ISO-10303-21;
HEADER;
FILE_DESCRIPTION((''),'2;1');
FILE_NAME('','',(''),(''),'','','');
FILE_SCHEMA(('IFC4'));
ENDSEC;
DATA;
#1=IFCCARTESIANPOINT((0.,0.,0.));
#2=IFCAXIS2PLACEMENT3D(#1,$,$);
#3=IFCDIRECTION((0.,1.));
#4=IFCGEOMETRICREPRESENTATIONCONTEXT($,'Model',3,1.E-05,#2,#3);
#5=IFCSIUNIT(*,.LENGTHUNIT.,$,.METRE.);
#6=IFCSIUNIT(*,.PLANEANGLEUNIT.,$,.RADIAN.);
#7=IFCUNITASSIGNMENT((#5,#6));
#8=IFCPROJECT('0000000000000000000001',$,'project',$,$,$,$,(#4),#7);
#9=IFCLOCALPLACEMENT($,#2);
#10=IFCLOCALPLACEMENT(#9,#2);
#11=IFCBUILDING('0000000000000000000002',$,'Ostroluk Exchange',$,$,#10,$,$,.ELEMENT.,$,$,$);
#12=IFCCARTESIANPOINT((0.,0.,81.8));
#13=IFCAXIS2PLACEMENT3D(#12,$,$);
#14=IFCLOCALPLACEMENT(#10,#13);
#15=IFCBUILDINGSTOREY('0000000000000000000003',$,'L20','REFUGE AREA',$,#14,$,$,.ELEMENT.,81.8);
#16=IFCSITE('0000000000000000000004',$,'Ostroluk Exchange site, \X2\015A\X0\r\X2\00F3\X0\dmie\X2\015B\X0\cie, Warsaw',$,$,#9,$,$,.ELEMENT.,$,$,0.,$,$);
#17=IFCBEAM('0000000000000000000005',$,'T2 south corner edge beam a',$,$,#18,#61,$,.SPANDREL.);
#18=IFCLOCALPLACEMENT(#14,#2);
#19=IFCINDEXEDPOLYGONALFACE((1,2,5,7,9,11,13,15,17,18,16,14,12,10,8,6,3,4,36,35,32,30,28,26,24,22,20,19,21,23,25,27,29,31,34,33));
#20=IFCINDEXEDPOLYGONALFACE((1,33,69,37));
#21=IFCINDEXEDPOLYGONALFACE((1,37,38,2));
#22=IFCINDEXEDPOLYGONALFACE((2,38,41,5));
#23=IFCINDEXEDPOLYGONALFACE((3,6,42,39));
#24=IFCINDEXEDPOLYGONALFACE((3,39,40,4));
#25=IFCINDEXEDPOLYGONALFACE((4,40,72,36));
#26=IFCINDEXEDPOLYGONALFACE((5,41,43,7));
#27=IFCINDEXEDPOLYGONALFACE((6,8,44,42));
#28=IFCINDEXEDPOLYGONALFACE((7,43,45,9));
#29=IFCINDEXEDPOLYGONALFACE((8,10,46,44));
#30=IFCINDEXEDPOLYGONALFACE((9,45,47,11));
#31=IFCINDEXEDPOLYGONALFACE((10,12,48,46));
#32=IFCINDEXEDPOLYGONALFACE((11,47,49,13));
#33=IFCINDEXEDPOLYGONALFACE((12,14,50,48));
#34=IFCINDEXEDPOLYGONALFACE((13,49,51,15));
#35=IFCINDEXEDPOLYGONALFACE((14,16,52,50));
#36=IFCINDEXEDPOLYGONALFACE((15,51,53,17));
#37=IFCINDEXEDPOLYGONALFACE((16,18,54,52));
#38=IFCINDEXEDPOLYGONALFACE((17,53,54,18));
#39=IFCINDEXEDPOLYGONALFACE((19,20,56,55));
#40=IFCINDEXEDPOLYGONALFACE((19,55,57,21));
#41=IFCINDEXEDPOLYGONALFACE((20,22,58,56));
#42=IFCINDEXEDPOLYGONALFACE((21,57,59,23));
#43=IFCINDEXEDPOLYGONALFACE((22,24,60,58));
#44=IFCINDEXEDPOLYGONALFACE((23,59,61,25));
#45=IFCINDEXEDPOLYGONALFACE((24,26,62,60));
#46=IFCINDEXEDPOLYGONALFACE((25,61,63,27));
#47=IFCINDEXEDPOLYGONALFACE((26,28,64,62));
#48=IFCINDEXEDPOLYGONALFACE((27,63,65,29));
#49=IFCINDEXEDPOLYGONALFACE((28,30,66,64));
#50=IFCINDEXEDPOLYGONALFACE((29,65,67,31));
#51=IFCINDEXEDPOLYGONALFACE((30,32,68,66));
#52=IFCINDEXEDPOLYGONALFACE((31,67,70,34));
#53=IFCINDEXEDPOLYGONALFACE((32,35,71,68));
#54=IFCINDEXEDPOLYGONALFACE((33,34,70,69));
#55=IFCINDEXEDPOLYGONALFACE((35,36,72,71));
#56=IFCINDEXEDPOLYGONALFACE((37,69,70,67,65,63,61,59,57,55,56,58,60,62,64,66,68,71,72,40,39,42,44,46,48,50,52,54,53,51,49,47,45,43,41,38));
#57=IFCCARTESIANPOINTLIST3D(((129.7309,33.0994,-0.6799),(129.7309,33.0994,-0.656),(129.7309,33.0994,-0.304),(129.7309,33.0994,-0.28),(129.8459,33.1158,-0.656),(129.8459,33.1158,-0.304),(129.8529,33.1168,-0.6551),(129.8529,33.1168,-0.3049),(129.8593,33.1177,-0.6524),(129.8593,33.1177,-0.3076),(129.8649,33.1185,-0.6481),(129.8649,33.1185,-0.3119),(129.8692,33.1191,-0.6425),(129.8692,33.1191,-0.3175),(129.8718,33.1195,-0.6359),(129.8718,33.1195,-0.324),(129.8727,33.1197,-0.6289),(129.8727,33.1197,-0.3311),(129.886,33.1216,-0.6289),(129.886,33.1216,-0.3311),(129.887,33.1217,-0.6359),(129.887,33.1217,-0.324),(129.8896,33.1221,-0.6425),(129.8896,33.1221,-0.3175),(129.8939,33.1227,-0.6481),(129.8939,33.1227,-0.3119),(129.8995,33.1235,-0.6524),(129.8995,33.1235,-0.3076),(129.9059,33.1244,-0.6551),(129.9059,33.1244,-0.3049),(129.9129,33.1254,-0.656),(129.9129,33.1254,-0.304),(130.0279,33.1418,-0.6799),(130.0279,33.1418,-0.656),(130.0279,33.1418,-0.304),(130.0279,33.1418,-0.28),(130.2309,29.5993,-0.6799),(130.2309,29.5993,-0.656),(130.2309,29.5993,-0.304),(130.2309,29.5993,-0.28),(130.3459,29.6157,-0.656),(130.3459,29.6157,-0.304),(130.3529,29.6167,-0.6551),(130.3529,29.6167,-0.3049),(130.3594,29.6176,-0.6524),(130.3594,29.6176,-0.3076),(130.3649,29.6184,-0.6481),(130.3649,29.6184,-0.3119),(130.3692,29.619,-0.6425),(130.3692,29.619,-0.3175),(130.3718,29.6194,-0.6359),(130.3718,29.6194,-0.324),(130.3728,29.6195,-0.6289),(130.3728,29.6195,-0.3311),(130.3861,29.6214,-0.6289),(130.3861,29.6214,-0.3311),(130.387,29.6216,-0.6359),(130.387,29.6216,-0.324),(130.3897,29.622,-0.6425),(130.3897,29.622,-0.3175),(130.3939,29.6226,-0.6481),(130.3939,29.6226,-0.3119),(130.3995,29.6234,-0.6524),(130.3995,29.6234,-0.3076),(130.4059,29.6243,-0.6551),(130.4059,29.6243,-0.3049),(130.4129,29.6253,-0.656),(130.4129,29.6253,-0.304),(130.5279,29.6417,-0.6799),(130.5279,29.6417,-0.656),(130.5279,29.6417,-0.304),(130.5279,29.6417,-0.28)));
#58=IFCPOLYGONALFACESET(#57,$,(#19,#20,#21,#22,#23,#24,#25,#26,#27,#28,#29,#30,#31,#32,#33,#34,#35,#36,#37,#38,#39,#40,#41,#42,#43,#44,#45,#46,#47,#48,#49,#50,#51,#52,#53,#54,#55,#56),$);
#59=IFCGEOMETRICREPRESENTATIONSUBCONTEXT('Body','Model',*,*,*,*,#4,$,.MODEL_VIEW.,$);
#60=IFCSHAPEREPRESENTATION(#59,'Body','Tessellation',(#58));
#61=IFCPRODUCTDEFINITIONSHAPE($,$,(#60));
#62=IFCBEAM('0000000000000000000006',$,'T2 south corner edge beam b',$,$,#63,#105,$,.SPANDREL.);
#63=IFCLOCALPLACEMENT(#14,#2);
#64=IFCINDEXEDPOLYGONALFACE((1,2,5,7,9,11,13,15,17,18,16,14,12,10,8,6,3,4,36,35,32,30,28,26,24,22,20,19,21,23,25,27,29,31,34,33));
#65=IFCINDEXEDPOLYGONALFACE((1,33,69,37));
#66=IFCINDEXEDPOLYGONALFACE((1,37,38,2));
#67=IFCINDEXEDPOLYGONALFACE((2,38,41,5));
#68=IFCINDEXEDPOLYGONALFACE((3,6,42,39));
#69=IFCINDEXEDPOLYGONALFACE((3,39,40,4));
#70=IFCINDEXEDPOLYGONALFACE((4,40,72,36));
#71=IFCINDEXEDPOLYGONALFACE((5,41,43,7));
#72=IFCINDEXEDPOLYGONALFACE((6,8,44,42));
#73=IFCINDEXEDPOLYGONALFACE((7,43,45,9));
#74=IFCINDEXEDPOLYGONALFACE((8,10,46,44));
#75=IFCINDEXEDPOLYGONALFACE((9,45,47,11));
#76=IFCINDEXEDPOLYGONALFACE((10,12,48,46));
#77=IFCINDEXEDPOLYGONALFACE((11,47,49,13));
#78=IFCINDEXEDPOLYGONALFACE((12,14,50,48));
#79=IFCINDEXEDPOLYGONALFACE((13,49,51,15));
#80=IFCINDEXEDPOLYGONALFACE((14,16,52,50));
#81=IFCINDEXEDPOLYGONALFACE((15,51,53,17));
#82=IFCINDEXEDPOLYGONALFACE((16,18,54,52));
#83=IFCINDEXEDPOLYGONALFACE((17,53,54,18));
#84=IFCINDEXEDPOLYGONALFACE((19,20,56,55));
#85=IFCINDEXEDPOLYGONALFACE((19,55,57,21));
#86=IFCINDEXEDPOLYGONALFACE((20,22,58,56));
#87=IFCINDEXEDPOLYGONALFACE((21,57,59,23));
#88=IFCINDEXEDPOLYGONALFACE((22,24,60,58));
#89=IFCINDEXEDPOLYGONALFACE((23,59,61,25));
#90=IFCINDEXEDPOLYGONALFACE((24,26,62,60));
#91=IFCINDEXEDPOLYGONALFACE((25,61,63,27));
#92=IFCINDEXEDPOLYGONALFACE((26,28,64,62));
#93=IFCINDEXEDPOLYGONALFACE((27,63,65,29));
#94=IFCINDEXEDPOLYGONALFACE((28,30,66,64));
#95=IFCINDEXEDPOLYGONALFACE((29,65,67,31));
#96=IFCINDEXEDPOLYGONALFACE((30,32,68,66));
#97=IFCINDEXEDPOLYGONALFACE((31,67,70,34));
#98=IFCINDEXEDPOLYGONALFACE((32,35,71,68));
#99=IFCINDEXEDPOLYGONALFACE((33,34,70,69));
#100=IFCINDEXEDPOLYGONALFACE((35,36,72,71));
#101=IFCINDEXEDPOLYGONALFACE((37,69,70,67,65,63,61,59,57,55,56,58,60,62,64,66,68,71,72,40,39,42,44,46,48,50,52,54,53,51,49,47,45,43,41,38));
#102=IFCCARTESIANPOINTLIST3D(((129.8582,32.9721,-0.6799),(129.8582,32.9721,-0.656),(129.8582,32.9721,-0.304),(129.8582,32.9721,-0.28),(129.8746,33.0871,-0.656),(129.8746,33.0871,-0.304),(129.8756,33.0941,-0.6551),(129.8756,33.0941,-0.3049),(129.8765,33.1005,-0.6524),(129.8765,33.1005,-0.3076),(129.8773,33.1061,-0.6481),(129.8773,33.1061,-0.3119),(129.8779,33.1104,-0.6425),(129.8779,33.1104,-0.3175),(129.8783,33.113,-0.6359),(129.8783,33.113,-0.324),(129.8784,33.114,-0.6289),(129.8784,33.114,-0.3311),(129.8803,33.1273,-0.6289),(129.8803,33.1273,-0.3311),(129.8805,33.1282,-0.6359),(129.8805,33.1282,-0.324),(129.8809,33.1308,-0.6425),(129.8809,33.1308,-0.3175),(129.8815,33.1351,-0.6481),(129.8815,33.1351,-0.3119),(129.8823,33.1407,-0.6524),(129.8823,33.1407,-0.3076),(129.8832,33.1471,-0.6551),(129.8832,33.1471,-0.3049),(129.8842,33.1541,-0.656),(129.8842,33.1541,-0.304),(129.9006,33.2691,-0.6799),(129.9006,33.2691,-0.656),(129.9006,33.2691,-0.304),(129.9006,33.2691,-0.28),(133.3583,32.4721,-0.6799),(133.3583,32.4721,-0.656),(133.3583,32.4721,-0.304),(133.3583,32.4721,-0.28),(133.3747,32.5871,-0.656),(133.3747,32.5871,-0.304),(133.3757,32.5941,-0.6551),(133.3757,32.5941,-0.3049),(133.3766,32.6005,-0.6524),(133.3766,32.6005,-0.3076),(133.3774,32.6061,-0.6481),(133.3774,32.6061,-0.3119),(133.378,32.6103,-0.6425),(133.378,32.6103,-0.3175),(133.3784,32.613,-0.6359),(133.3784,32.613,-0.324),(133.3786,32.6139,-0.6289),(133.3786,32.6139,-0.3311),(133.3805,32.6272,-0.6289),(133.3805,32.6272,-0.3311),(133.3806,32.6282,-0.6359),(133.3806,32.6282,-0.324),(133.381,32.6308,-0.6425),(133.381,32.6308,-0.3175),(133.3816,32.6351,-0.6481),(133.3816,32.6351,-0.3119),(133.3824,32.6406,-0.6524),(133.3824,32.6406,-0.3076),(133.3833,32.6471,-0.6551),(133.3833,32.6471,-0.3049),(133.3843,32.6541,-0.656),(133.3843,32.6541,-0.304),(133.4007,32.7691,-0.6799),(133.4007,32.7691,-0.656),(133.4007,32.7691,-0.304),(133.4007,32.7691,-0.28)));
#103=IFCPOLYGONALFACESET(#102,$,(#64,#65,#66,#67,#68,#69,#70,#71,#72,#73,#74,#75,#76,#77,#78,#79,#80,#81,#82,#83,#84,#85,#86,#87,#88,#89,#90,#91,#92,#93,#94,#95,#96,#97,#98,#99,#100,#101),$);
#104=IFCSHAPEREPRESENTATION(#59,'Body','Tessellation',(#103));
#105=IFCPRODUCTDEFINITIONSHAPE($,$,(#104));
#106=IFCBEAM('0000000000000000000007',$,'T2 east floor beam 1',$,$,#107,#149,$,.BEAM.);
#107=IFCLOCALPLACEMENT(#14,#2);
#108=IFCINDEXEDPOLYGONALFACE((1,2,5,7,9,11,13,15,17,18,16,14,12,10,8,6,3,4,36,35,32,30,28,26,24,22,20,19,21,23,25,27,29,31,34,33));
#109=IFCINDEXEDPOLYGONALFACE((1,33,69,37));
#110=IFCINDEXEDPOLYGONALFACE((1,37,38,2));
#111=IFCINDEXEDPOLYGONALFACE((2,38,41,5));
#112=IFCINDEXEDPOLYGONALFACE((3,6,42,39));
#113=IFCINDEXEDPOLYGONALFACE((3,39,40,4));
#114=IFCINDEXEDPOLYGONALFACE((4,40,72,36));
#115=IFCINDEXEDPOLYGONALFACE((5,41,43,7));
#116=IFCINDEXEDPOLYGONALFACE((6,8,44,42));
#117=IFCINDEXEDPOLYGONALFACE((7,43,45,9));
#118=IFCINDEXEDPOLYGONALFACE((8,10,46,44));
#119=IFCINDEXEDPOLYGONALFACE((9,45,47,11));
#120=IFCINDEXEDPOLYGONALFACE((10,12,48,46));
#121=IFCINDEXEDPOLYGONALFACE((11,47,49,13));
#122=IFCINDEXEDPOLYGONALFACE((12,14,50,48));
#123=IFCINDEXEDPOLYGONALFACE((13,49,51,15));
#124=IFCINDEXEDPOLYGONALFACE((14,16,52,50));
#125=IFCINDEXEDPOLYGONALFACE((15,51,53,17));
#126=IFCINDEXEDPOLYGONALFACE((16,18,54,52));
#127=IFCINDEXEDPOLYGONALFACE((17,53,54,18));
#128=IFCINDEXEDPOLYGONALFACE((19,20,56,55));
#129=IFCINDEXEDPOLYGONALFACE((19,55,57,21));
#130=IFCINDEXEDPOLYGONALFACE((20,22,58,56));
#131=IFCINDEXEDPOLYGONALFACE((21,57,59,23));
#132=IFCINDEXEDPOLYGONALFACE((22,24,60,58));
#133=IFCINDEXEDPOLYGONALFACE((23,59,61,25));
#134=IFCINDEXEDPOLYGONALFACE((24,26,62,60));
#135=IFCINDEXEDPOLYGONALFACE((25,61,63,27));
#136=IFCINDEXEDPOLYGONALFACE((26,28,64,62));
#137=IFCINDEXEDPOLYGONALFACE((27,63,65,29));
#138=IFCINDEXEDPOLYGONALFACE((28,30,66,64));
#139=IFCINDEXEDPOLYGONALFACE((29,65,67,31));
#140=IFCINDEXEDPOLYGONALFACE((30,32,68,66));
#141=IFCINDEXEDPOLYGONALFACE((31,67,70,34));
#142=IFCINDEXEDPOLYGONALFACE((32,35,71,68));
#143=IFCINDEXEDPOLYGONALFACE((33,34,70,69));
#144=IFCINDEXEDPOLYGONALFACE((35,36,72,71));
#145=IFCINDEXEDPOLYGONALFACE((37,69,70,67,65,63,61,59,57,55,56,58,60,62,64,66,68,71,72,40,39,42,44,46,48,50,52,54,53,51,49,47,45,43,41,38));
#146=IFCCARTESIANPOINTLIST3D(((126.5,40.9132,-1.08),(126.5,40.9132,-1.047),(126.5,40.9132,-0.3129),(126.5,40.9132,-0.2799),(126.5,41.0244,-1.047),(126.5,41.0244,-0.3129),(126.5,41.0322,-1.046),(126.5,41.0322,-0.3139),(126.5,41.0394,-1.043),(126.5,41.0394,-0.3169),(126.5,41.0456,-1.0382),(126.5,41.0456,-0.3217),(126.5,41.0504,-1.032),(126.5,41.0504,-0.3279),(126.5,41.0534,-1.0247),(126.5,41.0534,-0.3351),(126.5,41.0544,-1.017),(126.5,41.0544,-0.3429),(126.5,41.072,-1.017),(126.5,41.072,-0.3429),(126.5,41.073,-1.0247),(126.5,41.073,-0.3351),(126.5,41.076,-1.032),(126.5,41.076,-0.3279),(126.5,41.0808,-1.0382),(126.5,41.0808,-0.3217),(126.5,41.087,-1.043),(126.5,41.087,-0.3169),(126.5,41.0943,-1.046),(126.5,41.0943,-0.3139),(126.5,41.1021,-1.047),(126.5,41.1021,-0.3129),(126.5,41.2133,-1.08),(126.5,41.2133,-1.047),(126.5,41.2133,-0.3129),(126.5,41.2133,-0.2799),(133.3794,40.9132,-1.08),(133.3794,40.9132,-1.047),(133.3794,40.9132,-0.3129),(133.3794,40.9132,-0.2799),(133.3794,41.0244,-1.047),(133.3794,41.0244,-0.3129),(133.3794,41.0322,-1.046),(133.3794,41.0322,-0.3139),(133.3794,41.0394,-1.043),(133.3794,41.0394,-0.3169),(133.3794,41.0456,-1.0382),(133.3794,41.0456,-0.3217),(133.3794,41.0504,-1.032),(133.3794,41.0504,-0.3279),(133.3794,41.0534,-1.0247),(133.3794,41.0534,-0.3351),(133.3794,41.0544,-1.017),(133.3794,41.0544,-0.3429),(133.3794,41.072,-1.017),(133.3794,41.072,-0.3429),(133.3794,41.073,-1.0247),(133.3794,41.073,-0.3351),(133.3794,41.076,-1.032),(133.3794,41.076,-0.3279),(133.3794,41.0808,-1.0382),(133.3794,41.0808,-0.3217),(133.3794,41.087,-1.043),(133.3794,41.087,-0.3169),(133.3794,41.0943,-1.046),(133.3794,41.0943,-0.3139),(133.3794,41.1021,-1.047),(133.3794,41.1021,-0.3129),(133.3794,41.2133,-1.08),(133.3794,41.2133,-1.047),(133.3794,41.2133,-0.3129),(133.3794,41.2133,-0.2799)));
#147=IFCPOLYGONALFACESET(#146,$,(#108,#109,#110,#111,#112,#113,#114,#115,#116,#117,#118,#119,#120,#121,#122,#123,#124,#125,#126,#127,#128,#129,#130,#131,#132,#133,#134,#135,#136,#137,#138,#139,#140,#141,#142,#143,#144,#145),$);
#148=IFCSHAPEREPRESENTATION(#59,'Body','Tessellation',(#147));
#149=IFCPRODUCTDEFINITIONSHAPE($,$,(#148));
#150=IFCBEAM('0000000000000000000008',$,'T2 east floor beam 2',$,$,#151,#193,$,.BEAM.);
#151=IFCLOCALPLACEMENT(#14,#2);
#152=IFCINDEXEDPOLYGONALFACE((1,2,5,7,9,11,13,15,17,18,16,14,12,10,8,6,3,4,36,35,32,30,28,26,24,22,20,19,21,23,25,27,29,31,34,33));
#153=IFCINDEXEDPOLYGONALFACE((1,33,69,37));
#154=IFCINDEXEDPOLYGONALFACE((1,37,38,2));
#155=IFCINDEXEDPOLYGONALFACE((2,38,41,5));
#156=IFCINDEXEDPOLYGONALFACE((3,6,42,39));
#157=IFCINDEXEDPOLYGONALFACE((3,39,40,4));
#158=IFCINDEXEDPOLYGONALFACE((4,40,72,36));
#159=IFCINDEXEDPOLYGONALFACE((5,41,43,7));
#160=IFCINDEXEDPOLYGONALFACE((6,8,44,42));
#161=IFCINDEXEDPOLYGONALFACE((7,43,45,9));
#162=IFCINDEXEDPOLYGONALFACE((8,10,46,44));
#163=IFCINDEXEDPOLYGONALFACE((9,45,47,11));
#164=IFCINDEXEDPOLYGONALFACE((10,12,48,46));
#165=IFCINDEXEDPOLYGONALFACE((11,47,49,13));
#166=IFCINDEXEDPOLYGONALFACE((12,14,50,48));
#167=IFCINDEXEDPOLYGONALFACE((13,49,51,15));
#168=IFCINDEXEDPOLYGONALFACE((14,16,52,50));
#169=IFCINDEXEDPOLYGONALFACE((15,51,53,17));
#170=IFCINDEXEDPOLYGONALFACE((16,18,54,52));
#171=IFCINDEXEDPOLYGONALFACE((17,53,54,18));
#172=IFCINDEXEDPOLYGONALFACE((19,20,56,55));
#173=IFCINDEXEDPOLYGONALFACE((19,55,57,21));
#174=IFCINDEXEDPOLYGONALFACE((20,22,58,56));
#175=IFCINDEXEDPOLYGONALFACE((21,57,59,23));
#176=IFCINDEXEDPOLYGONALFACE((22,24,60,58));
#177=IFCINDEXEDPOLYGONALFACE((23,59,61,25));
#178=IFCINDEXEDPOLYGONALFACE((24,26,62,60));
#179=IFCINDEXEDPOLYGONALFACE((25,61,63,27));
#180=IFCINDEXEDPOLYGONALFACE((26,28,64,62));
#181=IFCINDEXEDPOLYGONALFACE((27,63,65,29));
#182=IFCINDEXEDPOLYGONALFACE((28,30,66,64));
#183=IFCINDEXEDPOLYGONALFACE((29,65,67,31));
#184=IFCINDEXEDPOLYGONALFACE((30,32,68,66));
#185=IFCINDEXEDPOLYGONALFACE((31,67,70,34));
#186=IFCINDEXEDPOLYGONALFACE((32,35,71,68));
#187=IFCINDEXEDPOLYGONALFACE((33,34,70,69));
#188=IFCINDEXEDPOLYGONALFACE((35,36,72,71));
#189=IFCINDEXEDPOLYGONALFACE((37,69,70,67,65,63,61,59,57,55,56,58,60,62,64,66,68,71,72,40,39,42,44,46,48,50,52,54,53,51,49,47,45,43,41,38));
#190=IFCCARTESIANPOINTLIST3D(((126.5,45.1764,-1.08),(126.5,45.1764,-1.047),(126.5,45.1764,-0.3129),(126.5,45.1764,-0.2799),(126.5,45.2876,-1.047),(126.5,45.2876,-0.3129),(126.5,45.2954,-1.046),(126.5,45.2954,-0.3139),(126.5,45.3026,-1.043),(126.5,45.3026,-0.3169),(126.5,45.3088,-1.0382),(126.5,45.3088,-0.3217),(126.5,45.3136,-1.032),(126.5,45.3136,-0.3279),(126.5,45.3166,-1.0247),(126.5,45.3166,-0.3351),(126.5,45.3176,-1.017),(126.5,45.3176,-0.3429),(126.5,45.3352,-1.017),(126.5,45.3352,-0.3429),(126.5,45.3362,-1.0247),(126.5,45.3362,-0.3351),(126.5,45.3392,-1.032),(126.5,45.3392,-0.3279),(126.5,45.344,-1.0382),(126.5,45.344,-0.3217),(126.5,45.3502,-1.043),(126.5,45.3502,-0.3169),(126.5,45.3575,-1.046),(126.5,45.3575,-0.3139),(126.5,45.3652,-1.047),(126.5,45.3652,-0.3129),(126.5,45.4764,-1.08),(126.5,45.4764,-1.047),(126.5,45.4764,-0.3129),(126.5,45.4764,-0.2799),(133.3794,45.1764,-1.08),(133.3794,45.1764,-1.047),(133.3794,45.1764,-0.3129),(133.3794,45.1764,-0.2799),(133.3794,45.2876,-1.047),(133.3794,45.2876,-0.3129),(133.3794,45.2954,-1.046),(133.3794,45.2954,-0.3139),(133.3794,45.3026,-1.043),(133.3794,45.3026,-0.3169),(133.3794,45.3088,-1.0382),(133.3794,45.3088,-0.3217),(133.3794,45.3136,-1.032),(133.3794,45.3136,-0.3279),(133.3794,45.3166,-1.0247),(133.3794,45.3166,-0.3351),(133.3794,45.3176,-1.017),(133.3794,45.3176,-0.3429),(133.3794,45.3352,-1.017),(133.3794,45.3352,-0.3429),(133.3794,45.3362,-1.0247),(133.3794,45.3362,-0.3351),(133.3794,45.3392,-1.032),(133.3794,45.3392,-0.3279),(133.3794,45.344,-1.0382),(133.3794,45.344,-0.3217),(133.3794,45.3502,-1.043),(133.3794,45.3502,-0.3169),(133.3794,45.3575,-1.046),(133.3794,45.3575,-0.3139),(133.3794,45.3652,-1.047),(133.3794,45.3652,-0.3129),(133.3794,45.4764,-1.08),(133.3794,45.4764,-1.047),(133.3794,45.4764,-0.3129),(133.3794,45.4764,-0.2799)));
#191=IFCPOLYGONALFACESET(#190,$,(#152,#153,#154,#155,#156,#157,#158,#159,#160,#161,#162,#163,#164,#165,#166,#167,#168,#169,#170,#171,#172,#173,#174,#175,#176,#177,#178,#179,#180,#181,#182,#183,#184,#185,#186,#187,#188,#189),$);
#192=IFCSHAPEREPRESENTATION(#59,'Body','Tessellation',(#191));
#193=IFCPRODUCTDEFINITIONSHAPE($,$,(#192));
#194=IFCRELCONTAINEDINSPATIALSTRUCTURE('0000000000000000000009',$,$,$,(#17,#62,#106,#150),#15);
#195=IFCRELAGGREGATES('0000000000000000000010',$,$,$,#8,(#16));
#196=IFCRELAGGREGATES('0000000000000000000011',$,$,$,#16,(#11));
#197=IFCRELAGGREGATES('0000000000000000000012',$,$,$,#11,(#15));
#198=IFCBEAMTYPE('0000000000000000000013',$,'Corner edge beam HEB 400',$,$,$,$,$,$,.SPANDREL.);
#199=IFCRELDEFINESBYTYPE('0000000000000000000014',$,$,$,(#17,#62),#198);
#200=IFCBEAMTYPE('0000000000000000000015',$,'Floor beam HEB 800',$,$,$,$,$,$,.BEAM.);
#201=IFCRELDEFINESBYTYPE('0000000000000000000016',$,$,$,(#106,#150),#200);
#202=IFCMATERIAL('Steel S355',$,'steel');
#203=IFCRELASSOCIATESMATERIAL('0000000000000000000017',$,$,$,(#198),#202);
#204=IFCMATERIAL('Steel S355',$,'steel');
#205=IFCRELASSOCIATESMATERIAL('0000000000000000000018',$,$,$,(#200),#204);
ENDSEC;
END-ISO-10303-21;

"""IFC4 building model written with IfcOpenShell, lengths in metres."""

from ifc_helpers import new_model, si_unit, direction, frame, origin, origin_2d, place, context, subcontext, project, spatial, i_section, extrude, material, material_profile, profile_set, type_object, element, save


model = new_model("IFC4")

# Units and contexts
model_context = context("Model", 3, precision=1e-05, world=origin(), true_north=direction((0.0, 1.0)))
body_context = subcontext(model_context, "Body", "Model", "MODEL_VIEW")
ifc_project = project(units=[si_unit("LENGTHUNIT", "METRE"), si_unit("PLANEANGLEUNIT", "RADIAN")], contexts=[model_context])

# Site, building, storey
site_placement = place(None, origin())
site = spatial("IfcSite", under=ifc_project, at=site_placement, Name="Ostroluk Exchange site, Śródmieście, Warsaw", CompositionType="ELEMENT", RefElevation=0.0)
building_placement = place(site_placement, origin())
building = spatial("IfcBuilding", under=site, at=building_placement, Name="Ostroluk Exchange", CompositionType="ELEMENT")
storey_placement = place(building_placement, frame((0.0, 0.0, 81.8)))
storey = spatial("IfcBuildingStorey", under=building, at=storey_placement, Name="L20", Description="REFUGE AREA", CompositionType="ELEMENT", Elevation=81.8)

# Beams
ifc_material_1 = material(Name="Steel S355", Category="steel")
ifc_material_profile_1 = material_profile(ifc_material_1, i_section(OverallWidth=0.3, OverallDepth=0.3999, WebThickness=0.0134, FlangeThickness=0.0239, FilletRadius=0.0271, at=origin_2d()), Name="HEB 400")
ifc_profile_set_1 = profile_set([ifc_material_profile_1], Name="Steel S355")
beam_type_1 = type_object("IfcBeamType", Name="Corner edge beam HEB 400", PredefinedType="SPANDREL", material=ifc_profile_set_1)
for number, where, z_axis, x_axis, name in (
    (1, (129.8794, 33.1206, -0.48), (0.141421, -0.989949, 0.0), (0.989949, 0.141421, 0.0), "T2 south corner edge beam a"),
    (2, (129.8794, 33.1206, -0.48), (0.989949, -0.141421, 0.0), (0.141421, 0.989949, 0.0), "T2 south corner edge beam b"),
):
    element("IfcBeam", number, at=place(storey_placement, frame(where, z_axis=z_axis, x_axis=x_axis)), inside=storey, type_object=beam_type_1, Name=name, PredefinedType="SPANDREL", context=body_context, shape_type="SweptSolid", body=[
        extrude(i_section(OverallWidth=0.3, OverallDepth=0.3999, WebThickness=0.0134, FlangeThickness=0.0239, FilletRadius=0.0271, at=origin_2d()), origin(), (0.0, 0.0, 1.0), 3.5356),
    ])
ifc_material_2 = material(Name="Steel S355", Category="steel")
ifc_material_profile_2 = material_profile(ifc_material_2, i_section(OverallWidth=0.3, OverallDepth=0.8, WebThickness=0.0176, FlangeThickness=0.033, FilletRadius=0.03, at=origin_2d()), Name="HEB 800")
ifc_profile_set_2 = profile_set([ifc_material_profile_2], Name="Steel S355")
beam_type_2 = type_object("IfcBeamType", Name="Floor beam HEB 800", PredefinedType="BEAM", material=ifc_profile_set_2)
for number, where, z_axis, x_axis, name in (
    (3, (126.5, 41.0632, -0.6799), (1.0, 0.0, 0.0), (0.0, 1.0, 0.0), "T2 east floor beam 1"),
    (4, (126.5, 45.3264, -0.6799), (1.0, 0.0, 0.0), (0.0, 1.0, 0.0), "T2 east floor beam 2"),
):
    element("IfcBeam", number, at=place(storey_placement, frame(where, z_axis=z_axis, x_axis=x_axis)), inside=storey, type_object=beam_type_2, Name=name, PredefinedType="BEAM", context=body_context, shape_type="SweptSolid", body=[
        extrude(i_section(OverallWidth=0.3, OverallDepth=0.8, WebThickness=0.0176, FlangeThickness=0.033, FilletRadius=0.03, at=origin_2d()), origin(), (0.0, 0.0, 1.0), 6.8794),
    ])

save(model, "model.ifc")
